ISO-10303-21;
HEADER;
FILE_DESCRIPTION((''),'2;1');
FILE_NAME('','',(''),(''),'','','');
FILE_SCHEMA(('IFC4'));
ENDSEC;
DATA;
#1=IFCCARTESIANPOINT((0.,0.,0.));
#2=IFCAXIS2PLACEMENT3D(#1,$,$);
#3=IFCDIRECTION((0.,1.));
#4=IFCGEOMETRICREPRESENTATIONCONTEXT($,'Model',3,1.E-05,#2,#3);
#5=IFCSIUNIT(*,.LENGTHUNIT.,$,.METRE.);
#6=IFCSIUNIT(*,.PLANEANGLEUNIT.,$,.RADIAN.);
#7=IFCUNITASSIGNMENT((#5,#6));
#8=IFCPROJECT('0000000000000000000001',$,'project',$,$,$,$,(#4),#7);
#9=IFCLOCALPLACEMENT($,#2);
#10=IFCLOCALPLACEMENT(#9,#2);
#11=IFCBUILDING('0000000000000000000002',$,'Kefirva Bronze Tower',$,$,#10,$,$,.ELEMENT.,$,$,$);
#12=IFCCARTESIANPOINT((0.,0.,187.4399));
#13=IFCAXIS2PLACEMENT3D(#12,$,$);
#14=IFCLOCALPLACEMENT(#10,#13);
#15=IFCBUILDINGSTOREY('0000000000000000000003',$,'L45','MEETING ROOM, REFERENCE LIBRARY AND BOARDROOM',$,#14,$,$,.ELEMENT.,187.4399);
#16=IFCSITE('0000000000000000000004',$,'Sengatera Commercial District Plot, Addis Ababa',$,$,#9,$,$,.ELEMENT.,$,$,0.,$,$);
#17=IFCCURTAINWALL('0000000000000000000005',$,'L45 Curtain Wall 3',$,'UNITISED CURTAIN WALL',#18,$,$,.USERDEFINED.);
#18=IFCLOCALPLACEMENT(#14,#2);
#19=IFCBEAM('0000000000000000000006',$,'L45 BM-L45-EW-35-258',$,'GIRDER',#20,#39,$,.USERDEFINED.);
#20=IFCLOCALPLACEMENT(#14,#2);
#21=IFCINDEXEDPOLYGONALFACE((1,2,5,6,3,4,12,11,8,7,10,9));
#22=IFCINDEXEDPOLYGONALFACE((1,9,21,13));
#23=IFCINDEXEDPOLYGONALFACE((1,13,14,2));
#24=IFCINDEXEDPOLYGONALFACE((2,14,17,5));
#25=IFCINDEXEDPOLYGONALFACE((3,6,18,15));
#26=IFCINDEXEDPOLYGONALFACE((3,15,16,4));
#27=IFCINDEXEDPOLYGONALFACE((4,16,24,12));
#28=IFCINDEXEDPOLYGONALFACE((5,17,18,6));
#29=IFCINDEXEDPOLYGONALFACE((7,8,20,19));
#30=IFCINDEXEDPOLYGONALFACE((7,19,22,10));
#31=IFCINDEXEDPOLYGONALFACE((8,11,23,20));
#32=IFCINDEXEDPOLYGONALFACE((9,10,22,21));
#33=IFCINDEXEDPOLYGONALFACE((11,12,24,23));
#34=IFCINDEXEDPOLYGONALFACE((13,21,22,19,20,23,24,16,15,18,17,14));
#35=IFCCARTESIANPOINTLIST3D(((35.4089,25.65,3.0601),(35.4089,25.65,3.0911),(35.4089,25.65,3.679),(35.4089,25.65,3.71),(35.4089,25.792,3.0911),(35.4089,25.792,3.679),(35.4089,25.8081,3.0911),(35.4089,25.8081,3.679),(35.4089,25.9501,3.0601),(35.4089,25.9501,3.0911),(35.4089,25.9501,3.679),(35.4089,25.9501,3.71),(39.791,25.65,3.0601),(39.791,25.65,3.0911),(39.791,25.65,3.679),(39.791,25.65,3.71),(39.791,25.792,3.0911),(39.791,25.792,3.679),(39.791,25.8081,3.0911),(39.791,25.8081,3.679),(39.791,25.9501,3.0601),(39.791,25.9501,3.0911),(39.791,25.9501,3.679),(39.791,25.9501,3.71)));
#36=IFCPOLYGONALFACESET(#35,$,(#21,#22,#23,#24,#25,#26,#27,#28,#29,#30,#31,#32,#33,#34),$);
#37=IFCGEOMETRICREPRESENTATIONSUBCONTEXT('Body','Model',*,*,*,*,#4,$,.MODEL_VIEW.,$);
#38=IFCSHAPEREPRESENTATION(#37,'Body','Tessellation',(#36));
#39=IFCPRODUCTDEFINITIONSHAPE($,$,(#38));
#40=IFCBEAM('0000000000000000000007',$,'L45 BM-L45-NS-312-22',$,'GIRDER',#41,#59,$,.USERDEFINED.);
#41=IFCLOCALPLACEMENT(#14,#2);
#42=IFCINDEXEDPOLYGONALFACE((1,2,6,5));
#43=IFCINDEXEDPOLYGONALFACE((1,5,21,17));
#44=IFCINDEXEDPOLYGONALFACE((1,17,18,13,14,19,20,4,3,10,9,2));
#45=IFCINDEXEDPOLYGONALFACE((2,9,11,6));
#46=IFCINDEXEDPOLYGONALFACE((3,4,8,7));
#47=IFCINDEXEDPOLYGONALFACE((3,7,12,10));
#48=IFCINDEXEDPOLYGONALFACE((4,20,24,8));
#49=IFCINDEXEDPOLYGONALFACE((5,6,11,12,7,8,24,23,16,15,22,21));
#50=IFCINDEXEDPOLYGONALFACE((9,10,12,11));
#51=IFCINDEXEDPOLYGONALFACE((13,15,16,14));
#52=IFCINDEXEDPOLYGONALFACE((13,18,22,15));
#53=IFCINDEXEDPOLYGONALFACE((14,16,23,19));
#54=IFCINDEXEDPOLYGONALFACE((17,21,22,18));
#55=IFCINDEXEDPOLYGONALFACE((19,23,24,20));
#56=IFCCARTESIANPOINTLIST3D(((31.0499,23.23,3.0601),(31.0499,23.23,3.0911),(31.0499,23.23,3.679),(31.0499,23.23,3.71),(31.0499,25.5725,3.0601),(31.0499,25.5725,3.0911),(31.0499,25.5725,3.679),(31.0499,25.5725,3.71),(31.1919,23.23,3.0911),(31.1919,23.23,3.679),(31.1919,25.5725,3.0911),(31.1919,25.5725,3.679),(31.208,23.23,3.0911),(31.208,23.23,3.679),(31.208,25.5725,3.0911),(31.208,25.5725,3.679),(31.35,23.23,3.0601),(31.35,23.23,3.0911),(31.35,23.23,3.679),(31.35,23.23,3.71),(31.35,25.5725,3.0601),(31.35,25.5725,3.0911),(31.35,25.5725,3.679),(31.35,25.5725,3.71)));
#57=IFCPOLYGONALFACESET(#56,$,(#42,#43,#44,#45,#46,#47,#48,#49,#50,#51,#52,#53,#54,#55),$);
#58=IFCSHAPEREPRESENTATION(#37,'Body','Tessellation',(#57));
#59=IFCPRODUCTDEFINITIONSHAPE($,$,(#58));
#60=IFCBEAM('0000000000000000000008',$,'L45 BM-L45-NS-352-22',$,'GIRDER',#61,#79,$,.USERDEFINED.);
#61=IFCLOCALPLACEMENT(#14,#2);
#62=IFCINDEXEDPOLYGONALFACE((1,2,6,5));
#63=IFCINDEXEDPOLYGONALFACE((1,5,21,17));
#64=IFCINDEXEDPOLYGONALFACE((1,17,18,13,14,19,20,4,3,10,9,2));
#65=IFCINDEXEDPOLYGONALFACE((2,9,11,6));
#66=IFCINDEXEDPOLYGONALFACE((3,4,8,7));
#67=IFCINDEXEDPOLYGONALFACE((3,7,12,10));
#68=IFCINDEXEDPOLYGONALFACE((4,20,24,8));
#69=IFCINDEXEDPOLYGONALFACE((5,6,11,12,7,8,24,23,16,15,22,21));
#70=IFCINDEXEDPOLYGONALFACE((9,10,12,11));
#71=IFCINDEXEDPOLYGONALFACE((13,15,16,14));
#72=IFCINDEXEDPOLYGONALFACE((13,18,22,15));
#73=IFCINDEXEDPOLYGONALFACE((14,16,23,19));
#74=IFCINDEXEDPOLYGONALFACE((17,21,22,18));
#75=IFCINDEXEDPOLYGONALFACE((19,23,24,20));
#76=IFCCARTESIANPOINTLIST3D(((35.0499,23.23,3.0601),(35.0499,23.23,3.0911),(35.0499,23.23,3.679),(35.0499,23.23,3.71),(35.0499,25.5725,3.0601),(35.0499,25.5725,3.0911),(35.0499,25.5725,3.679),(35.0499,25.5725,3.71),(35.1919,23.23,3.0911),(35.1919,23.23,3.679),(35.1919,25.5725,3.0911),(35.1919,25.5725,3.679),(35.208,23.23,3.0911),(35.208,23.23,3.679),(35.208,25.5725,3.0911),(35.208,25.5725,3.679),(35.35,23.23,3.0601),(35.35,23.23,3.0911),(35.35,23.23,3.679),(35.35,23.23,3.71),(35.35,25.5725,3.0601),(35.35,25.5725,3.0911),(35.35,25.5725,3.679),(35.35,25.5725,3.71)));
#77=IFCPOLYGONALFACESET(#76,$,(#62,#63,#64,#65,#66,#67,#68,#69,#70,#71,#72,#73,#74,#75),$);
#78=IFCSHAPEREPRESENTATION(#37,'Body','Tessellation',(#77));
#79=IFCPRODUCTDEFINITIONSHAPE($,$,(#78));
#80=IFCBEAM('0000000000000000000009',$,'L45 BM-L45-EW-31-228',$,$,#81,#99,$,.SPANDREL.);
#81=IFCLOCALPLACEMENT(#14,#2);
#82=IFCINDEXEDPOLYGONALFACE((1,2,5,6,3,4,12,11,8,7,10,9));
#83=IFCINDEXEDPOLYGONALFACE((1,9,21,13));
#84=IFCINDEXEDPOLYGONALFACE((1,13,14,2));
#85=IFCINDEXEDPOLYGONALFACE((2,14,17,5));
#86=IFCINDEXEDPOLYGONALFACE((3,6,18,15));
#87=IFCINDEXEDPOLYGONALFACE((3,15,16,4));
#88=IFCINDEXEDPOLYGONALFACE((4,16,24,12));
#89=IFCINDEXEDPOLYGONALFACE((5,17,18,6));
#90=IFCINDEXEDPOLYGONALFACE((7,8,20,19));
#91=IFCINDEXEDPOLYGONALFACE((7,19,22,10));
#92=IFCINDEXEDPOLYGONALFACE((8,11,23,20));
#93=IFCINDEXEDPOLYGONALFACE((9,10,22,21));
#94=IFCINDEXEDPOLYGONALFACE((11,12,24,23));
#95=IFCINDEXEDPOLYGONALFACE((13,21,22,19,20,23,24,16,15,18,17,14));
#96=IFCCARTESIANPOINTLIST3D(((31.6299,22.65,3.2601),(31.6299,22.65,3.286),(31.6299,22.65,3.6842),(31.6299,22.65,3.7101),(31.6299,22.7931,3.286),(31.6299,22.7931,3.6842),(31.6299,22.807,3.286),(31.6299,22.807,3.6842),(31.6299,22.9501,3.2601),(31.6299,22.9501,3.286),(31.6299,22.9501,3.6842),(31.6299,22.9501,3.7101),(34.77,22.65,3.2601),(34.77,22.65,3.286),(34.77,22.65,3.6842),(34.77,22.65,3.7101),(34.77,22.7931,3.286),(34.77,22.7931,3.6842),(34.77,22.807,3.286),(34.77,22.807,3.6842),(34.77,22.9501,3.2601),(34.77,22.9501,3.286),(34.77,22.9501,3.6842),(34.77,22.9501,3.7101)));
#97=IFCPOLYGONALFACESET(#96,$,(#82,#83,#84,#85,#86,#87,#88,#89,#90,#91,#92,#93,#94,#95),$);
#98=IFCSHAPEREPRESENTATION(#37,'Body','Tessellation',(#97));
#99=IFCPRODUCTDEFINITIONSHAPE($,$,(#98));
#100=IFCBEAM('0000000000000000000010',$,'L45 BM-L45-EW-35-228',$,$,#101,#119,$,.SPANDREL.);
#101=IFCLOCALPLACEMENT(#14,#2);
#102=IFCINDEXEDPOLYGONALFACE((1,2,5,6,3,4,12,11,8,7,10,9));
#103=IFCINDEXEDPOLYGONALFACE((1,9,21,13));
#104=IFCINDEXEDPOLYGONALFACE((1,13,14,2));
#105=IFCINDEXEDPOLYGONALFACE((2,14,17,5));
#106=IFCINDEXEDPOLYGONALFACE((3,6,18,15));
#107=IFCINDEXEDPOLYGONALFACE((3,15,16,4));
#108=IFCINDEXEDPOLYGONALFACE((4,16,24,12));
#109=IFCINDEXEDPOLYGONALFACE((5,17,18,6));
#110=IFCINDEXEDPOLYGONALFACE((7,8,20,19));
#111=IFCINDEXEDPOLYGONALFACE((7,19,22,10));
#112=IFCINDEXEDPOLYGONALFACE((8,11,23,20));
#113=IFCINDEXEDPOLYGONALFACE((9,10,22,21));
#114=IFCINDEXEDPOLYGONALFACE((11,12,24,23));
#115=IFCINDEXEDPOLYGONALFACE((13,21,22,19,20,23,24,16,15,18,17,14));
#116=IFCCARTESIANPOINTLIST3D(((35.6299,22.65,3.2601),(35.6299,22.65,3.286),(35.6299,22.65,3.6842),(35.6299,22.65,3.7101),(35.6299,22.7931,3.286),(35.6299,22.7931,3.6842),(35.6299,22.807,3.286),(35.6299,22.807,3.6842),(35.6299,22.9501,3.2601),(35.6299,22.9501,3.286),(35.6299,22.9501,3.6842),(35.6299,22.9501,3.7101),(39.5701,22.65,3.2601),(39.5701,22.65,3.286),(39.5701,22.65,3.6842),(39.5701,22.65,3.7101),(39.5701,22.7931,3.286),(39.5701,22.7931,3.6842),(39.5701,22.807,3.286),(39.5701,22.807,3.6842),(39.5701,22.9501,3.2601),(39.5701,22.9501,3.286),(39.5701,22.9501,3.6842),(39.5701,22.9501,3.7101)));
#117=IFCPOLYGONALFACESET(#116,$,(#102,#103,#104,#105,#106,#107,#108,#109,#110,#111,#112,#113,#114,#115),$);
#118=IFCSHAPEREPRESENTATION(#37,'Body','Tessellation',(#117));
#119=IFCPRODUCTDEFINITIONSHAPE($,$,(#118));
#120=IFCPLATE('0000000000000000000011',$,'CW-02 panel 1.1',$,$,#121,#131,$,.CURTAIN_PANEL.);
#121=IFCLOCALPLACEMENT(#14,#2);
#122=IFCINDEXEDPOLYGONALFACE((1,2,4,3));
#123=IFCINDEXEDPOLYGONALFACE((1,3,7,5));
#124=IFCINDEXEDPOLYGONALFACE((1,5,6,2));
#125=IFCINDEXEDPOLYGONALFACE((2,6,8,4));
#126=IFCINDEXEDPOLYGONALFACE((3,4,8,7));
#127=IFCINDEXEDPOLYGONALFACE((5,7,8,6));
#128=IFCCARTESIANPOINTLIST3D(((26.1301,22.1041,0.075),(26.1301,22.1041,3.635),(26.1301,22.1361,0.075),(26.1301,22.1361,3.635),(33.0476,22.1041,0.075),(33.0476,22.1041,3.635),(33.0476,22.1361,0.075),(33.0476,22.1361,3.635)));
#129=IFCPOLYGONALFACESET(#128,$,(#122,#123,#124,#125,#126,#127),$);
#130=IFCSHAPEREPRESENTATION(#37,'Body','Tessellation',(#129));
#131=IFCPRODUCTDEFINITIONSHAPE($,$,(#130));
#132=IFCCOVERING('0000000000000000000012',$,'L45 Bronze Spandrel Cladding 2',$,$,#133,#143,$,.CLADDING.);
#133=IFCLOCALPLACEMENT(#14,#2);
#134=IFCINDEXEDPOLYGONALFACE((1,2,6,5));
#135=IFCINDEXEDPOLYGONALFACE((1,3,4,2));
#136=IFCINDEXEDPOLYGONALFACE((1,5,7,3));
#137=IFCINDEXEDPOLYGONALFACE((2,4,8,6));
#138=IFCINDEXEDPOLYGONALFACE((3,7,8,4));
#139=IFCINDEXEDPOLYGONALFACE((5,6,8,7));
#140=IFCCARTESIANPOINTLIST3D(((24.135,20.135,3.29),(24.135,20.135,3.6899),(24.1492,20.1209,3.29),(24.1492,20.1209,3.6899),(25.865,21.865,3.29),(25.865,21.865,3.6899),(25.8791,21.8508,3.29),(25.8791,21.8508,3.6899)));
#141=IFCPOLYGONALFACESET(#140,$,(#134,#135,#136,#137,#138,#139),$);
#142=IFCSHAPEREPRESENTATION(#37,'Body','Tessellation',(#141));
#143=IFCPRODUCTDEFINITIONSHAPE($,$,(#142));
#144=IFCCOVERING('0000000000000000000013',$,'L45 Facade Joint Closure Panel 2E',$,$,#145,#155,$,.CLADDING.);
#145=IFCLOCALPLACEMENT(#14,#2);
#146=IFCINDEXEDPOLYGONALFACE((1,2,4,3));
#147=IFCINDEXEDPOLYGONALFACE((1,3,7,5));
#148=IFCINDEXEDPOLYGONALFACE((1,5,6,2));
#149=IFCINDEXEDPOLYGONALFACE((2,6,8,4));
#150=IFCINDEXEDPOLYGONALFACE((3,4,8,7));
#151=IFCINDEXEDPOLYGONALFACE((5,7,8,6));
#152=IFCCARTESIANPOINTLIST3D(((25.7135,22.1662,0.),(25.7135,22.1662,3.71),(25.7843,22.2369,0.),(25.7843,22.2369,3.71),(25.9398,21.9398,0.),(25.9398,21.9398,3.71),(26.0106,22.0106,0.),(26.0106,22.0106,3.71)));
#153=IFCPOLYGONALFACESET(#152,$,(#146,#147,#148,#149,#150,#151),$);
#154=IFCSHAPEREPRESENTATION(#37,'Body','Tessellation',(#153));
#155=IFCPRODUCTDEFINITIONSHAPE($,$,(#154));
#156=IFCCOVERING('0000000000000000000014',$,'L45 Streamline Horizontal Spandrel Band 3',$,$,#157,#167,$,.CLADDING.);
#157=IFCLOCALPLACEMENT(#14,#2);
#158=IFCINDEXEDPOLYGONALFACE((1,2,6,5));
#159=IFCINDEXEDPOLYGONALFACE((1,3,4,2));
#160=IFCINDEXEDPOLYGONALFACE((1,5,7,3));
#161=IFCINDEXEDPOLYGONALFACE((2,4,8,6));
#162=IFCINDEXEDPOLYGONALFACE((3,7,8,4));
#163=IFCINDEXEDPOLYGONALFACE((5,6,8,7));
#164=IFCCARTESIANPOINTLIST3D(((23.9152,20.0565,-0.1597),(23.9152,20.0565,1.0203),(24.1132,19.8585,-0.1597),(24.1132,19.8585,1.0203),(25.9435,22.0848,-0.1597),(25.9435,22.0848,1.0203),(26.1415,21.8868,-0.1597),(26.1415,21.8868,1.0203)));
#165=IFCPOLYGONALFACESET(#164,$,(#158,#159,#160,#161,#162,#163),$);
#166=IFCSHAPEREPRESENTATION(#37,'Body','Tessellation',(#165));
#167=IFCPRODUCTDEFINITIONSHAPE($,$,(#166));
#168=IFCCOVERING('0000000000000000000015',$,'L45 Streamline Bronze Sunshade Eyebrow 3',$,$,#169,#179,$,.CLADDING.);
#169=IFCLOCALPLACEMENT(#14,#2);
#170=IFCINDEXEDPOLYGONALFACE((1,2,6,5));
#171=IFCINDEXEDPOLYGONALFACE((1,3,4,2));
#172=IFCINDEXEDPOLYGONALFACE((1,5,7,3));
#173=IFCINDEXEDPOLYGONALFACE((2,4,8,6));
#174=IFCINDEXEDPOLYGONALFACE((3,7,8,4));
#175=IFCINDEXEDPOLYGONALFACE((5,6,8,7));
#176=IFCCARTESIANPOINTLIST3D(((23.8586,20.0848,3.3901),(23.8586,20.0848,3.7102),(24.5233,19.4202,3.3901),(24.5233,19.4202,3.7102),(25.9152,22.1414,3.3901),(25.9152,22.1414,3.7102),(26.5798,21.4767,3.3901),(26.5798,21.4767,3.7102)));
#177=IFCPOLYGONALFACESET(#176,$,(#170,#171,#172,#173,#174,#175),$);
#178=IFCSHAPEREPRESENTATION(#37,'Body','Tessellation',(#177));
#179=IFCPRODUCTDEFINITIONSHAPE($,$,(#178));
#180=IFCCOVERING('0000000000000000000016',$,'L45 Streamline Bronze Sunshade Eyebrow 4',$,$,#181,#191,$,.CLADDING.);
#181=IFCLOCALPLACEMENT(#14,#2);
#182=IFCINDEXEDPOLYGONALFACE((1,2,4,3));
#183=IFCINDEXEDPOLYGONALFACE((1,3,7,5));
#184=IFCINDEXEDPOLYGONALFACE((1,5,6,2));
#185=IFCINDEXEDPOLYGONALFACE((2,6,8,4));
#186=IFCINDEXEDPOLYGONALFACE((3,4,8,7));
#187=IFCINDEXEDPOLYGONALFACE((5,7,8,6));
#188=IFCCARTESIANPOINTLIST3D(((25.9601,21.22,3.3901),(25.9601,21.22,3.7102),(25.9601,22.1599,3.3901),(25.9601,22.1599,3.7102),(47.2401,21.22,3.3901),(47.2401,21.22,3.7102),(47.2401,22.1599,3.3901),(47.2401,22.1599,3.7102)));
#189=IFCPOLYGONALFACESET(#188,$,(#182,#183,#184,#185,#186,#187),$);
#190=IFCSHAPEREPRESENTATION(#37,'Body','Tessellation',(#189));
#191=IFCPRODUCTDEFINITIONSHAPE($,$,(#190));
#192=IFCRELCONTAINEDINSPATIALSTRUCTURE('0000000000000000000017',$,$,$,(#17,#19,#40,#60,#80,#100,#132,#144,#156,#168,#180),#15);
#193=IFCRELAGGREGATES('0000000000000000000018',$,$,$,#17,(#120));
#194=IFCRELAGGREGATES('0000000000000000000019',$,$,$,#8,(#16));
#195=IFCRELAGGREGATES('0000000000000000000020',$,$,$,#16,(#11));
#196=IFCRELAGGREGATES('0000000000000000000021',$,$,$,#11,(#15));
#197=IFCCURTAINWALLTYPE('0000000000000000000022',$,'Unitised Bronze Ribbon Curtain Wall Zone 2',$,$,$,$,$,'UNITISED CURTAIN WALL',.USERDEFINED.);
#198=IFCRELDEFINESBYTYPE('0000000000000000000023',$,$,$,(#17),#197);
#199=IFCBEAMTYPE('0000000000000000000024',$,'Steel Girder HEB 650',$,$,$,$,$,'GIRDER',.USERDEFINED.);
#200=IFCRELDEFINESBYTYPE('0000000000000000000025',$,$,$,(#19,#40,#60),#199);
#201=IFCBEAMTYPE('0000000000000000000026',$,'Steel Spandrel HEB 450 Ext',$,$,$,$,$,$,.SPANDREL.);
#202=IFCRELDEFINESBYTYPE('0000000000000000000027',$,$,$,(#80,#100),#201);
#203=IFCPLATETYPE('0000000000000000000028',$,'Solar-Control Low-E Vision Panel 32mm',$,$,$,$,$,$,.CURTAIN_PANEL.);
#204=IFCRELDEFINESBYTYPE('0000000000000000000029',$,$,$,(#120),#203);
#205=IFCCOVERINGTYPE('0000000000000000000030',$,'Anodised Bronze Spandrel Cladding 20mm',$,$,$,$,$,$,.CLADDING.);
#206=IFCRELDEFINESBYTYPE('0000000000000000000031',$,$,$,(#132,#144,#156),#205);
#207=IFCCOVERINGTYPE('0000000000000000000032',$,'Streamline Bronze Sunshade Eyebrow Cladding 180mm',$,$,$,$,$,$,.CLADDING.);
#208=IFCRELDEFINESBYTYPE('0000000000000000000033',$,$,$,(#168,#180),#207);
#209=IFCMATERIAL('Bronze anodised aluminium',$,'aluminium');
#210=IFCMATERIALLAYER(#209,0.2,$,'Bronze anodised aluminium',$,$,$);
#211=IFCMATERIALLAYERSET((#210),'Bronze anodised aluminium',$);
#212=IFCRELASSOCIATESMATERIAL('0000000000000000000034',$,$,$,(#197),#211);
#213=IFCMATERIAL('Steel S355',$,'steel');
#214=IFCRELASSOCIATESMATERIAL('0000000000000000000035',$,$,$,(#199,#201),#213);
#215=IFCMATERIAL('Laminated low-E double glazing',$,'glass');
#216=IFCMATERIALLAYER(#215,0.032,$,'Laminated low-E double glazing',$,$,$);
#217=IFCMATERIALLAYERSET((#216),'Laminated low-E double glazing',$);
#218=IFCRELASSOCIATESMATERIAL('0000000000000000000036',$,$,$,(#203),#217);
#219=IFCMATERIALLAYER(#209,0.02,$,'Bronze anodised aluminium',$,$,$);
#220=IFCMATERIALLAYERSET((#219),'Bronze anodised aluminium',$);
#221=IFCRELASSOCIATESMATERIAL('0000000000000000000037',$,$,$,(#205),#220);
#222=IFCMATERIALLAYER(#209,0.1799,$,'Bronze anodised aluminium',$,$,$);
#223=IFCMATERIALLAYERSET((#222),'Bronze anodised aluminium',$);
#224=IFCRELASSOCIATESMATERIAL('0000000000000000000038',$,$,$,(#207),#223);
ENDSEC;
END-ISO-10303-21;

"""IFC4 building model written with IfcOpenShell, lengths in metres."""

from ifc_helpers import new_model, si_unit, direction, frame, origin, origin_2d, place, context, subcontext, project, spatial, rectangle, i_section, extrude, material, layer, layer_set, material_profile, profile_set, type_object, element, aggregate, save


model = new_model("IFC4")

# Units and contexts
model_context = context("Model", 3, precision=1e-05, world=origin(), true_north=direction((0.0, 1.0)))
body_context = subcontext(model_context, "Body", "Model", "MODEL_VIEW")
ifc_project = project(units=[si_unit("LENGTHUNIT", "METRE"), si_unit("PLANEANGLEUNIT", "RADIAN")], contexts=[model_context])

# Site, building, storey
site_placement = place(None, origin())
site = spatial("IfcSite", under=ifc_project, at=site_placement, Name="Sengatera Commercial District Plot, Addis Ababa", CompositionType="ELEMENT", RefElevation=0.0)
building_placement = place(site_placement, origin())
building = spatial("IfcBuilding", under=site, at=building_placement, Name="Kefirva Bronze Tower", CompositionType="ELEMENT")
storey_placement = place(building_placement, frame((0.0, 0.0, 187.4399)))
storey = spatial("IfcBuildingStorey", under=building, at=storey_placement, Name="L45", Description="MEETING ROOM, REFERENCE LIBRARY AND BOARDROOM", CompositionType="ELEMENT", Elevation=187.4399)

# Curtain wall
ifc_material_1 = material(Name="Bronze anodised aluminium", Category="aluminium")
ifc_layer_1 = layer(ifc_material_1, 0.2, Name="Bronze anodised aluminium")
ifc_layer_set_1 = layer_set([ifc_layer_1], Name="Bronze anodised aluminium")
curtain_wall_type = type_object("IfcCurtainWallType", Name="Unitised Bronze Ribbon Curtain Wall Zone 2", ElementType="UNITISED CURTAIN WALL", PredefinedType="USERDEFINED", material=ifc_layer_set_1)
curtain_wall_placement = place(storey_placement, origin())
curtain_wall = element("IfcCurtainWall", 1, at=curtain_wall_placement, inside=storey, type_object=curtain_wall_type, Name="L45 Curtain Wall 3", ObjectType="UNITISED CURTAIN WALL", PredefinedType="USERDEFINED")

# Beams
ifc_material_2 = material(Name="Steel S355", Category="steel")
ifc_material_profile_1 = material_profile(ifc_material_2, i_section(OverallWidth=0.3, OverallDepth=0.6499, WebThickness=0.0161, FlangeThickness=0.031, at=origin_2d()), Name="HEB 650")
ifc_profile_set_1 = profile_set([ifc_material_profile_1], Name="Steel S355")
beam_type_1 = type_object("IfcBeamType", Name="Steel Girder HEB 650", ElementType="GIRDER", PredefinedType="USERDEFINED", material=ifc_profile_set_1)
beam_1_placement = place(storey_placement, frame((35.4089, 25.8, 3.385), z_axis=(1.0, 0.0, 0.0), x_axis=(0.0, 1.0, 0.0)))
element("IfcBeam", 2, at=beam_1_placement, inside=storey, type_object=beam_type_1, Name="L45 BM-L45-EW-35-258", ObjectType="GIRDER", PredefinedType="USERDEFINED", context=body_context, shape_type="SweptSolid", body=[
    extrude(i_section(OverallWidth=0.3, OverallDepth=0.6499, WebThickness=0.0161, FlangeThickness=0.031, at=origin_2d()), origin(), (0.0, 0.0, 1.0), 4.3821),
])
for number, where, z_axis, x_axis, name in (
    (3, (31.2, 23.23, 3.385), (0.0, 1.0, 0.0), (-1.0, 0.0, 0.0), "L45 BM-L45-NS-312-22"),
    (4, (35.2, 23.23, 3.385), (0.0, 1.0, 0.0), (-1.0, 0.0, 0.0), "L45 BM-L45-NS-352-22"),
):
    element("IfcBeam", number, at=place(storey_placement, frame(where, z_axis=z_axis, x_axis=x_axis)), inside=storey, type_object=beam_type_1, Name=name, ObjectType="GIRDER", PredefinedType="USERDEFINED", context=body_context, shape_type="SweptSolid", body=[
        extrude(i_section(OverallWidth=0.3, OverallDepth=0.6499, WebThickness=0.0161, FlangeThickness=0.031, at=origin_2d()), origin(), (0.0, 0.0, 1.0), 2.3425),
    ])
ifc_material_profile_2 = material_profile(ifc_material_2, i_section(OverallWidth=0.3, OverallDepth=0.45, WebThickness=0.0139, FlangeThickness=0.0259, at=origin_2d()), Name="HEB 450")
ifc_profile_set_2 = profile_set([ifc_material_profile_2], Name="Steel S355")
beam_type_2 = type_object("IfcBeamType", Name="Steel Spandrel HEB 450 Ext", PredefinedType="SPANDREL", material=ifc_profile_set_2)
beam_2_placement = place(storey_placement, frame((31.6299, 22.8, 3.4851), z_axis=(1.0, 0.0, 0.0), x_axis=(0.0, 1.0, 0.0)))
element("IfcBeam", 5, at=beam_2_placement, inside=storey, type_object=beam_type_2, Name="L45 BM-L45-EW-31-228", PredefinedType="SPANDREL", context=body_context, shape_type="SweptSolid", body=[
    extrude(i_section(OverallWidth=0.3, OverallDepth=0.45, WebThickness=0.0139, FlangeThickness=0.0259, at=origin_2d()), origin(), (0.0, 0.0, 1.0), 3.1401),
])
beam_3_placement = place(storey_placement, frame((35.6299, 22.8, 3.4851), z_axis=(1.0, 0.0, 0.0), x_axis=(0.0, 1.0, 0.0)))
element("IfcBeam", 6, at=beam_3_placement, inside=storey, type_object=beam_type_2, Name="L45 BM-L45-EW-35-228", PredefinedType="SPANDREL", context=body_context, shape_type="SweptSolid", body=[
    extrude(i_section(OverallWidth=0.3, OverallDepth=0.45, WebThickness=0.0139, FlangeThickness=0.0259, at=origin_2d()), origin(), (0.0, 0.0, 1.0), 3.9402),
])

# Plate
ifc_material_3 = material(Name="Laminated low-E double glazing", Category="glass")
ifc_layer_2 = layer(ifc_material_3, 0.032, Name="Laminated low-E double glazing")
ifc_layer_set_2 = layer_set([ifc_layer_2], Name="Laminated low-E double glazing")
plate_type = type_object("IfcPlateType", Name="Solar-Control Low-E Vision Panel 32mm", PredefinedType="CURTAIN_PANEL", material=ifc_layer_set_2)
plate_placement = place(storey_placement, frame((29.5889, 22.1201, 0.075), z_axis=(0.0, 0.0, 1.0), x_axis=(1.0, 0.0, 0.0)))
plate = element("IfcPlate", 7, at=plate_placement, type_object=plate_type, Name="CW-02 panel 1.1", PredefinedType="CURTAIN_PANEL", context=body_context, shape_type="SweptSolid", body=[
    extrude(rectangle(XDim=6.9175, YDim=0.032, at=origin_2d()), origin(), (0.0, 0.0, 1.0), 3.5601),
])
aggregate(curtain_wall, [plate])

# Coverings
ifc_layer_3 = layer(ifc_material_1, 0.02, Name="Bronze anodised aluminium")
ifc_layer_set_3 = layer_set([ifc_layer_3], Name="Bronze anodised aluminium")
covering_type_1 = type_object("IfcCoveringType", Name="Anodised Bronze Spandrel Cladding 20mm", PredefinedType="CLADDING", material=ifc_layer_set_3)
covering_1_placement = place(storey_placement, frame((25.0071, 20.9929, 3.29), z_axis=(0.0, 0.0, 1.0), x_axis=(0.707107, 0.707107, 0.0)))
element("IfcCovering", 8, at=covering_1_placement, inside=storey, type_object=covering_type_1, Name="L45 Bronze Spandrel Cladding 2", PredefinedType="CLADDING", context=body_context, shape_type="SweptSolid", body=[
    extrude(rectangle(XDim=2.4465, YDim=0.02, at=origin_2d()), origin(), (0.0, 0.0, 1.0), 0.3999),
])
covering_2_placement = place(storey_placement, frame((25.8621, 22.0884, 0.0), z_axis=(0.0, 0.0, 1.0), x_axis=(0.707107, 0.707107, 0.0)))
element("IfcCovering", 9, at=covering_2_placement, inside=storey, type_object=covering_type_1, Name="L45 Facade Joint Closure Panel 2E", PredefinedType="CLADDING", context=body_context, shape_type="SweptSolid", body=[
    extrude(rectangle(XDim=0.1001, YDim=0.3201, at=origin_2d()), origin(), (0.0, 0.0, 1.0), 3.71),
])
covering_3_placement = place(storey_placement, frame((25.0283, 20.9717, -0.1597), z_axis=(0.0, 0.0, 1.0), x_axis=(0.707107, 0.707107, 0.0)))
element("IfcCovering", 10, at=covering_3_placement, inside=storey, type_object=covering_type_1, Name="L45 Streamline Horizontal Spandrel Band 3", PredefinedType="CLADDING", context=body_context, shape_type="SweptSolid", body=[
    extrude(rectangle(XDim=2.8684, YDim=0.28, at=origin_2d()), origin(), (0.0, 0.0, 1.0), 1.1799),
])
ifc_layer_4 = layer(ifc_material_1, 0.1799, Name="Bronze anodised aluminium")
ifc_layer_set_4 = layer_set([ifc_layer_4], Name="Bronze anodised aluminium")
covering_type_2 = type_object("IfcCoveringType", Name="Streamline Bronze Sunshade Eyebrow Cladding 180mm", PredefinedType="CLADDING", material=ifc_layer_set_4)
covering_4_placement = place(storey_placement, frame((25.2192, 20.7808, 3.3901), z_axis=(0.0, 0.0, 1.0), x_axis=(0.707107, 0.707107, 0.0)))
element("IfcCovering", 11, at=covering_4_placement, inside=storey, type_object=covering_type_2, Name="L45 Streamline Bronze Sunshade Eyebrow 3", PredefinedType="CLADDING", context=body_context, shape_type="SweptSolid", body=[
    extrude(rectangle(XDim=2.9084, YDim=0.9399, at=origin_2d()), origin(), (0.0, 0.0, 1.0), 0.3201),
])
covering_5_placement = place(storey_placement, frame((36.6001, 21.6899, 3.3901), z_axis=(0.0, 0.0, 1.0), x_axis=(1.0, 0.0, 0.0)))
element("IfcCovering", 12, at=covering_5_placement, inside=storey, type_object=covering_type_2, Name="L45 Streamline Bronze Sunshade Eyebrow 4", PredefinedType="CLADDING", context=body_context, shape_type="SweptSolid", body=[
    extrude(rectangle(XDim=21.28, YDim=0.9399, at=origin_2d()), origin(), (0.0, 0.0, 1.0), 0.3201),
])

save(model, "model.ifc")
